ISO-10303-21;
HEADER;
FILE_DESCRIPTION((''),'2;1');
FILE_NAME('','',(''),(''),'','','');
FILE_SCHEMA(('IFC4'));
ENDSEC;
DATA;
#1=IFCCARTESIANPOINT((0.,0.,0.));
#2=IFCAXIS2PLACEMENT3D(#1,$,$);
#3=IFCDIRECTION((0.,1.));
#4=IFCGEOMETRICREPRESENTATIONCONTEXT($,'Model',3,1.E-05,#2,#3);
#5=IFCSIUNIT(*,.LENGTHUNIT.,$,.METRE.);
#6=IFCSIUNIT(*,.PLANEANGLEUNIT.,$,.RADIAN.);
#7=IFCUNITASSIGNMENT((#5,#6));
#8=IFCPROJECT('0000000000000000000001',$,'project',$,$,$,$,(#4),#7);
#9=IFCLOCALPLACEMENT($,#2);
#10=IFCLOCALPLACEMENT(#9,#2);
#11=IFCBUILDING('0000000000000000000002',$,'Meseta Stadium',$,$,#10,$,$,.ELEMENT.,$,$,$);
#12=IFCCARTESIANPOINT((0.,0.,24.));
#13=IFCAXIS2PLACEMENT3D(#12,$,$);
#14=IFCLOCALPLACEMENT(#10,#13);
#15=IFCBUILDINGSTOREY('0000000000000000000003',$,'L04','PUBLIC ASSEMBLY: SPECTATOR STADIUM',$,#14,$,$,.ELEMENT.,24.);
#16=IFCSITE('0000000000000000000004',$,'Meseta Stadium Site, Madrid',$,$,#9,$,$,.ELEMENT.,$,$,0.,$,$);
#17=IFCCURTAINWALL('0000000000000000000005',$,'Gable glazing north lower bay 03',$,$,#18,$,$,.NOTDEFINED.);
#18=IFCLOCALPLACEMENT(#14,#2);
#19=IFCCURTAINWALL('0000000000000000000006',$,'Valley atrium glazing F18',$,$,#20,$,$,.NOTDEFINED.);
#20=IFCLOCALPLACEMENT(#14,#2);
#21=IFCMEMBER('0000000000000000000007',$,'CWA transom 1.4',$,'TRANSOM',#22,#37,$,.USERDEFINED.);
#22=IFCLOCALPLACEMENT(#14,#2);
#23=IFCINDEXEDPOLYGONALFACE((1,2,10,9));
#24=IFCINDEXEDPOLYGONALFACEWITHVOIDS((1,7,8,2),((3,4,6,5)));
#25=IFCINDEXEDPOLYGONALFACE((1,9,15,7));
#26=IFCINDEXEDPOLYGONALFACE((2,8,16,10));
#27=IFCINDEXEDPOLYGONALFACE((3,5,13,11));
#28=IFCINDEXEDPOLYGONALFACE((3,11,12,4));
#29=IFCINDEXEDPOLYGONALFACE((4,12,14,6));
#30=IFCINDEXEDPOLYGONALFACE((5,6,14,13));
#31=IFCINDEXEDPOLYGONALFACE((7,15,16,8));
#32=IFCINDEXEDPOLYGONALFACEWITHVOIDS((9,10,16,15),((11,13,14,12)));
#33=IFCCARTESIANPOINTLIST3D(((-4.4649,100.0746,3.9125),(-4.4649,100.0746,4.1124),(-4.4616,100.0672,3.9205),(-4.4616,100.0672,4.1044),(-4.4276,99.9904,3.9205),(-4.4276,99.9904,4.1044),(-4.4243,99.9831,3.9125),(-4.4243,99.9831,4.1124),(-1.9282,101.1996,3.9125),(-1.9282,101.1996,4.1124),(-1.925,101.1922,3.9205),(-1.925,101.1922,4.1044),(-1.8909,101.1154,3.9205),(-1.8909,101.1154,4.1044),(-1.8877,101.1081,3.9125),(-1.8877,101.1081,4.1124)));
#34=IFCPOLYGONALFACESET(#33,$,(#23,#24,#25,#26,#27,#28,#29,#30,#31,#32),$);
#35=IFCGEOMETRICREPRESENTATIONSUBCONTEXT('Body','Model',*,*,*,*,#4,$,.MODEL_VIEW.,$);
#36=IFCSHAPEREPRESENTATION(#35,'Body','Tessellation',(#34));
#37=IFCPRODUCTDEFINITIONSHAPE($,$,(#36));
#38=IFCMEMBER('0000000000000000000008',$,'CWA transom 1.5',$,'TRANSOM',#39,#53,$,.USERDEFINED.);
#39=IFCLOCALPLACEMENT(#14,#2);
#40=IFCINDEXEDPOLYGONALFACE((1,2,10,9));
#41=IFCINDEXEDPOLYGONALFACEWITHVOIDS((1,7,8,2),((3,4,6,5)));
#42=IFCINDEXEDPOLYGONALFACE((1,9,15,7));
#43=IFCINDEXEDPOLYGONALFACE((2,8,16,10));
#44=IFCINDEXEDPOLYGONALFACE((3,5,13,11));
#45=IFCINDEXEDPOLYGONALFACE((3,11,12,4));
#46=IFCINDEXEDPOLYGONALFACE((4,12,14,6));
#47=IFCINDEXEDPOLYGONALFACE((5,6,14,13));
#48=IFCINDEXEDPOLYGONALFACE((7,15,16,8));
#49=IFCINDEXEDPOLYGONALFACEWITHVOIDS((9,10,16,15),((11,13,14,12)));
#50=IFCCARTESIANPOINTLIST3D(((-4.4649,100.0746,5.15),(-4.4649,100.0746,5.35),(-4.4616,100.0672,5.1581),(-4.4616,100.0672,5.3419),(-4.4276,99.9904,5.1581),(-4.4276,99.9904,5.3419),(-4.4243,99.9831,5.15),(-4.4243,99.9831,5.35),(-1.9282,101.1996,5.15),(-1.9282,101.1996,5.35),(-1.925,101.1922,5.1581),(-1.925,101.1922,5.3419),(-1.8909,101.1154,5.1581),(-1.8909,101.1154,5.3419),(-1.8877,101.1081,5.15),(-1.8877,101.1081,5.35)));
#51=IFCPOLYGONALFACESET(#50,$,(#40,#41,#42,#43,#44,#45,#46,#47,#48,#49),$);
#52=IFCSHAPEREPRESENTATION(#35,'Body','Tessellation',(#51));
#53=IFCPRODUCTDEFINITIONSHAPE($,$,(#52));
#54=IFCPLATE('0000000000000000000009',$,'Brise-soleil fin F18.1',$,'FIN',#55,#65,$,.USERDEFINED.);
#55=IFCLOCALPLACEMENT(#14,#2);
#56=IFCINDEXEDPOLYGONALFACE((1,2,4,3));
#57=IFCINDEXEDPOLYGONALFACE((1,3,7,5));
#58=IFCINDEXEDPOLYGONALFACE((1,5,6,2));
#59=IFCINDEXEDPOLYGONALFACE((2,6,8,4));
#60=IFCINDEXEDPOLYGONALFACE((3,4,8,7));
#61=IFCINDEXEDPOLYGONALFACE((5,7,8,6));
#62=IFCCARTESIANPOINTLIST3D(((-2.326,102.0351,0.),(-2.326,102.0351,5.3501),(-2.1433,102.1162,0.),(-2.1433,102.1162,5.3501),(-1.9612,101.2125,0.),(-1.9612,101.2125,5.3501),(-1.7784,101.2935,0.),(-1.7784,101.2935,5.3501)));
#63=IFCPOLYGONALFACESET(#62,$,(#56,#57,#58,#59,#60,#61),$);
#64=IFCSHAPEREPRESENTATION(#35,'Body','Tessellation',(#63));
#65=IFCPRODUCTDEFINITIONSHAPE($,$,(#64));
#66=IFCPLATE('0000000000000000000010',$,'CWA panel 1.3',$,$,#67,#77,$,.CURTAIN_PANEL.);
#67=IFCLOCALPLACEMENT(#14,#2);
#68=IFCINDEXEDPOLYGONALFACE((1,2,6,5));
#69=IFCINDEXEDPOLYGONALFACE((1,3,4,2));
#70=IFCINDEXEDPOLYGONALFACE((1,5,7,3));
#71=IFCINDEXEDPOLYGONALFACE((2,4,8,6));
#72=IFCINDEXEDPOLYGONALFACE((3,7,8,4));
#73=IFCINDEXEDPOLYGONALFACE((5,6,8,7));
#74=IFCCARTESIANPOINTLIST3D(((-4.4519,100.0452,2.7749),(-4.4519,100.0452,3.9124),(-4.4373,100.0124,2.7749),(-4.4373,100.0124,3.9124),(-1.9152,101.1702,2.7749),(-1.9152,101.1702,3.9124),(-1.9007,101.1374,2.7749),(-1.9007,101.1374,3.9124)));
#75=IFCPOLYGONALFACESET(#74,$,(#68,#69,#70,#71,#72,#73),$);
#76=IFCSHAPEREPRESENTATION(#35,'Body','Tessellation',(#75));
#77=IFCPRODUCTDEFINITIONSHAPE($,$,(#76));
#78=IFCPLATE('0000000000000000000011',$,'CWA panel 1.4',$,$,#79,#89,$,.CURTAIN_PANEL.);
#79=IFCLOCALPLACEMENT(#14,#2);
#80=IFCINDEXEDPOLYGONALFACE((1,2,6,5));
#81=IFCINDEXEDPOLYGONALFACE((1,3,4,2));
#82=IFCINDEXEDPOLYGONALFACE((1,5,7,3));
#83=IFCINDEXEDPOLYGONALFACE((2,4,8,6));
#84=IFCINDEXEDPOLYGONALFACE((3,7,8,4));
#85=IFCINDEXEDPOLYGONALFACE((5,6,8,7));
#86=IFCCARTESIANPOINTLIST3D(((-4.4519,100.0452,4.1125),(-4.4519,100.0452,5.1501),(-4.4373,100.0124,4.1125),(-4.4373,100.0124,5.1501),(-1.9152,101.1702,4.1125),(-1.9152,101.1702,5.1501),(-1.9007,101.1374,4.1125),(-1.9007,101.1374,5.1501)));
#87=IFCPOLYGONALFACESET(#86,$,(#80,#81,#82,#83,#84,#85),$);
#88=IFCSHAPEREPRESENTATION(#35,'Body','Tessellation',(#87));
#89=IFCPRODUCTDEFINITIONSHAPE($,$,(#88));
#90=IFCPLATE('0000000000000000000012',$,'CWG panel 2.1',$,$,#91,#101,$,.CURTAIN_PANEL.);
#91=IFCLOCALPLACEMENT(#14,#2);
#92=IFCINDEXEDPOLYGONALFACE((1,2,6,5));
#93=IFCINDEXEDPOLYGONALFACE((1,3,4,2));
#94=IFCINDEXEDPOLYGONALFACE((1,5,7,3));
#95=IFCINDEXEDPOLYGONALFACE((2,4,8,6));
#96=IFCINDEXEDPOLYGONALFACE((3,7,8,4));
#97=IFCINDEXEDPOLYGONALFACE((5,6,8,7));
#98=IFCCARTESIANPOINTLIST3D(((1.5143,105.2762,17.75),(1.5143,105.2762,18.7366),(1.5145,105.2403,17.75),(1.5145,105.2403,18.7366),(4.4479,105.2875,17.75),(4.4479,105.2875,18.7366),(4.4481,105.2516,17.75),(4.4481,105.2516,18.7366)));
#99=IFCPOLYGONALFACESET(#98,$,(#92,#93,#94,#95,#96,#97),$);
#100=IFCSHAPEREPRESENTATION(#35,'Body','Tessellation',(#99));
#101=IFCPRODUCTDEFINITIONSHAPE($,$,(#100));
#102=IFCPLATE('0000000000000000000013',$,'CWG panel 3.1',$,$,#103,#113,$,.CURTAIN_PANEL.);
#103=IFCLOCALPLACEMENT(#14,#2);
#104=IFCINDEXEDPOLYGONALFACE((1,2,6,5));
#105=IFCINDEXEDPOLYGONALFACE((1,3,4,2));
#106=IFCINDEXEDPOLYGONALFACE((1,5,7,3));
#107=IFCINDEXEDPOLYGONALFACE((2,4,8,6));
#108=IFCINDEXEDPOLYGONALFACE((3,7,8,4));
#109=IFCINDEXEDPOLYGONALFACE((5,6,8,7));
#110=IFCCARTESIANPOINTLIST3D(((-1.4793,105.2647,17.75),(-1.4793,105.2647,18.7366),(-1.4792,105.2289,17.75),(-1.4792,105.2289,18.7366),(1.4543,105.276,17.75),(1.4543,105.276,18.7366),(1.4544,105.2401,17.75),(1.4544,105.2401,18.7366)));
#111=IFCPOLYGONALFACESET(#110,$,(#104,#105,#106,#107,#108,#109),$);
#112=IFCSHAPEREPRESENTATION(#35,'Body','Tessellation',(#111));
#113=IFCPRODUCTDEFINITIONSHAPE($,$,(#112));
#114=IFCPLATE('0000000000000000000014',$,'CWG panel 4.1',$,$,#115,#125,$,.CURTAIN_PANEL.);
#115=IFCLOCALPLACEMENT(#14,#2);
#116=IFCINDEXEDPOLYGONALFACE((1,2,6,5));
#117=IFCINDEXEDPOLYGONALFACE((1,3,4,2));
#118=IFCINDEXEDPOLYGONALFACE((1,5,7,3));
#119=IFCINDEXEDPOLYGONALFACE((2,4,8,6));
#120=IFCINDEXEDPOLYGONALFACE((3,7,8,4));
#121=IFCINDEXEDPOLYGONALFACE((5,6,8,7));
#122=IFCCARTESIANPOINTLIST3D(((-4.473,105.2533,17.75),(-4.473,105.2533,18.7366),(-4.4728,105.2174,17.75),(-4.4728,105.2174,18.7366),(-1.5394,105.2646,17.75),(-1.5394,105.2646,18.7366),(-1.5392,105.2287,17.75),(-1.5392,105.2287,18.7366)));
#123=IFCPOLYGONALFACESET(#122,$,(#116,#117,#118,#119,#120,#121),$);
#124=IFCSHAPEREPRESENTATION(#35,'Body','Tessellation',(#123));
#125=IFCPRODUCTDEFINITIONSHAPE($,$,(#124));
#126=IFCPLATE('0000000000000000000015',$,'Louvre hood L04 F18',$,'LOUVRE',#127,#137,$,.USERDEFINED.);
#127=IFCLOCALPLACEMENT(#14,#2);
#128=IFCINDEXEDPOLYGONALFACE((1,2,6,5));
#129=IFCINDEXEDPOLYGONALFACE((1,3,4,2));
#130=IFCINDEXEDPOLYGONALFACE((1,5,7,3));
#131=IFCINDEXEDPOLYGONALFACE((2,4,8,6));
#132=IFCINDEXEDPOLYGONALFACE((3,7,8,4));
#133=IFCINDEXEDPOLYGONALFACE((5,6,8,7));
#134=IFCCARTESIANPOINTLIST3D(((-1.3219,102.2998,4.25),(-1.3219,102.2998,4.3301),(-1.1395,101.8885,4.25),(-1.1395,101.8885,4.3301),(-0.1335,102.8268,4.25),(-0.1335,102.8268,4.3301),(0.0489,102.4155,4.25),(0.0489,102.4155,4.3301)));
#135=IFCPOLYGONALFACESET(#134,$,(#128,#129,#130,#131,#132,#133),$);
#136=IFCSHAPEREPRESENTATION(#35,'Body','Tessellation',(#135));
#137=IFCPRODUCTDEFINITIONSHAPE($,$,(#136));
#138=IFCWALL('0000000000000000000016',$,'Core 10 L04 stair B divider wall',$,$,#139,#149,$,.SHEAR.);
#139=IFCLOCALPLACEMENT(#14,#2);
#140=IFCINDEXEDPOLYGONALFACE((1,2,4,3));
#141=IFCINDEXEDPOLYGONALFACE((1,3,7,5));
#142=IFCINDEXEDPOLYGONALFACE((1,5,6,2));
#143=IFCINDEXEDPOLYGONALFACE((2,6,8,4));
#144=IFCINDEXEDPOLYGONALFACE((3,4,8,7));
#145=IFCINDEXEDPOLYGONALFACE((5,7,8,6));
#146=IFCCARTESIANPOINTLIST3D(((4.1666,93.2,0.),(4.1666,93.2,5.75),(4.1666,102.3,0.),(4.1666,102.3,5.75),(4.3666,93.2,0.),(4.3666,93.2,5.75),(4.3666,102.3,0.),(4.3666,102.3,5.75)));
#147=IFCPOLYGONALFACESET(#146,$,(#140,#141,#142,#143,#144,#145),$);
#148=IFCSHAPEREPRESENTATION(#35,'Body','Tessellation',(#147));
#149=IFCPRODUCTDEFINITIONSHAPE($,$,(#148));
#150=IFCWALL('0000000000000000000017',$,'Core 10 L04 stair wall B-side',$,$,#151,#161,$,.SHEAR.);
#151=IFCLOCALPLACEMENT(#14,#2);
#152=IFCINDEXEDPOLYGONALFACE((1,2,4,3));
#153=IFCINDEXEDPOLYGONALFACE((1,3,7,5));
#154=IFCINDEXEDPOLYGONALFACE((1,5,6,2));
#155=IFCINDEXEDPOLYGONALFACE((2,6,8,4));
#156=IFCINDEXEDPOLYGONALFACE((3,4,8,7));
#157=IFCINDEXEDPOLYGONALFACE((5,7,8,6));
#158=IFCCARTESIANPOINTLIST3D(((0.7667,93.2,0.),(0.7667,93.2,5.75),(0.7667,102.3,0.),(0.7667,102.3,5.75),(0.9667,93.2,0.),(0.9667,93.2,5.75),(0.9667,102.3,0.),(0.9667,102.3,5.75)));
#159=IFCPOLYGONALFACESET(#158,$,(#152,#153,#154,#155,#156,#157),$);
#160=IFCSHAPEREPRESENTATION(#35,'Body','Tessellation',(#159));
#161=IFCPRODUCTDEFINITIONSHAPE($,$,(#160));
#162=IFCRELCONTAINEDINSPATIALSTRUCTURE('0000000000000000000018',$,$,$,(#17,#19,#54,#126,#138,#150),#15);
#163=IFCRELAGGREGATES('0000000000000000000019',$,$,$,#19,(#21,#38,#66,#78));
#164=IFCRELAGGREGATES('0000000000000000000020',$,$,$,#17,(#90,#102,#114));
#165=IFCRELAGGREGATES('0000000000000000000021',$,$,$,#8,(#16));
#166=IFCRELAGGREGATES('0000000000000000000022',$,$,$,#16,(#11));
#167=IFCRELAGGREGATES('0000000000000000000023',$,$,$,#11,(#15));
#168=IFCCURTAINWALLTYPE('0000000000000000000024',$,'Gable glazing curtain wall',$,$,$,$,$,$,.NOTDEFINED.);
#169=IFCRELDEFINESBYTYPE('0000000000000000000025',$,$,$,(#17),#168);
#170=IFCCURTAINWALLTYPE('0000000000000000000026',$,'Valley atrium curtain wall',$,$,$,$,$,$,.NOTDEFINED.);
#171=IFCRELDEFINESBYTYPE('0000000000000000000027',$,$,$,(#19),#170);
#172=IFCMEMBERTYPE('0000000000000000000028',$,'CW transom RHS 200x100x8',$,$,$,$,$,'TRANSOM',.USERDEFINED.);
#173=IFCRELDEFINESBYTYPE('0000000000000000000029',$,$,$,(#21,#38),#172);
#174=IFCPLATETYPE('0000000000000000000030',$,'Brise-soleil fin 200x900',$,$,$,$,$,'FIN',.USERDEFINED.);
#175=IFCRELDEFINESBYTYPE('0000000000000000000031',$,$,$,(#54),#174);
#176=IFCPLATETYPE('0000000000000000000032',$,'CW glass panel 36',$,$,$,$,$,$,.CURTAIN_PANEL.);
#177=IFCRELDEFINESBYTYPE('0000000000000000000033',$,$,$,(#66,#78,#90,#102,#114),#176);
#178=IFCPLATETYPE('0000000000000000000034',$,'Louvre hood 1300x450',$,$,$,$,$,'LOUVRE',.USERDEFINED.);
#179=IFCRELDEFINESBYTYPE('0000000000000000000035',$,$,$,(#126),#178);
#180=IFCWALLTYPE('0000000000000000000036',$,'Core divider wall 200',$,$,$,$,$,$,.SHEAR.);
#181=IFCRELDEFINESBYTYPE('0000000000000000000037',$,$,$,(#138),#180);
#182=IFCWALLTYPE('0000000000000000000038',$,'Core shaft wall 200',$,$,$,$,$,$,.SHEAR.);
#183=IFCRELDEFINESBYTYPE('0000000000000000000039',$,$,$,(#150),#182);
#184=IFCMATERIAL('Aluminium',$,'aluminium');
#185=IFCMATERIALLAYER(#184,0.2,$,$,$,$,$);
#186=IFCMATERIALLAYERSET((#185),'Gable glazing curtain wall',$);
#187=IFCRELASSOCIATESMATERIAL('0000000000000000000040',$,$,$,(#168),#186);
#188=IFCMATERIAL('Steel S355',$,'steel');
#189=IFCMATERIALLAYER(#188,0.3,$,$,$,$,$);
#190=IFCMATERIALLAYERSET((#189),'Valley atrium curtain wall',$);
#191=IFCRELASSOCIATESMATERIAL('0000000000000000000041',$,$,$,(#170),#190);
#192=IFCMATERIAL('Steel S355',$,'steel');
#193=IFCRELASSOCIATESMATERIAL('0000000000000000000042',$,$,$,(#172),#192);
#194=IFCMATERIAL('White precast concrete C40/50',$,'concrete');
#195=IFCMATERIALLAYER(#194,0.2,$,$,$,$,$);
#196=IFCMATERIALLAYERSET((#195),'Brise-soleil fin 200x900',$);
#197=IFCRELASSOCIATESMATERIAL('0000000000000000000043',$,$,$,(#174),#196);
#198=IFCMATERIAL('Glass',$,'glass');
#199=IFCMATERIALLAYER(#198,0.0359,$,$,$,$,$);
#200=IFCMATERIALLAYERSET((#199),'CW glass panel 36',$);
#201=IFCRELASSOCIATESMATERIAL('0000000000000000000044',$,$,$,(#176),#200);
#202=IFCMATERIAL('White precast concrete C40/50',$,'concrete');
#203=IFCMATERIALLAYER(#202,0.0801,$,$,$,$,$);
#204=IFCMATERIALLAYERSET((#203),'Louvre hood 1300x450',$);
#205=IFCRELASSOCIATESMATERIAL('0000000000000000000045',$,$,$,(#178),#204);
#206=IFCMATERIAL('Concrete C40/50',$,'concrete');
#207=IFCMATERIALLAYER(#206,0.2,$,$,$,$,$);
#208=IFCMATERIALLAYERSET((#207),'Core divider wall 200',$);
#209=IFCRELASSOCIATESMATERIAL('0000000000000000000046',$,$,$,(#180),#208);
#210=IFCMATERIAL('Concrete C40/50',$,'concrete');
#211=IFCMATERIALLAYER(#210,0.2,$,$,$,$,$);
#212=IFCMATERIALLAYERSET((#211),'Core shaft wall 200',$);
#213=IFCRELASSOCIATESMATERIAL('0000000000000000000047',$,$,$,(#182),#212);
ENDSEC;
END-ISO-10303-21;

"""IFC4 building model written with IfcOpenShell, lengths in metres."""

from ifc_helpers import new_model, si_unit, direction, frame, frame_2d, origin, origin_2d, place, context, subcontext, project, spatial, rectangle, hollow_rectangle, extrude, material, layer, layer_set, material_profile, profile_set, type_object, element, aggregate, save


model = new_model("IFC4")

# Units and contexts
model_context = context("Model", 3, precision=1e-05, world=origin(), true_north=direction((0.0, 1.0)))
body_context = subcontext(model_context, "Body", "Model", "MODEL_VIEW")
ifc_project = project(units=[si_unit("LENGTHUNIT", "METRE"), si_unit("PLANEANGLEUNIT", "RADIAN")], contexts=[model_context])

# Site, building, storey
site_placement = place(None, origin())
site = spatial("IfcSite", under=ifc_project, at=site_placement, Name="Meseta Stadium Site, Madrid", CompositionType="ELEMENT", RefElevation=0.0)
building_placement = place(site_placement, origin())
building = spatial("IfcBuilding", under=site, at=building_placement, Name="Meseta Stadium", CompositionType="ELEMENT")
storey_placement = place(building_placement, frame((0.0, 0.0, 24.0)))
storey = spatial("IfcBuildingStorey", under=building, at=storey_placement, Name="L04", Description="PUBLIC ASSEMBLY: SPECTATOR STADIUM", CompositionType="ELEMENT", Elevation=24.0)

# Curtain wall
ifc_material_1 = material(Name="Aluminium", Category="aluminium")
ifc_layer_1 = layer(ifc_material_1, 0.2)
ifc_layer_set_1 = layer_set([ifc_layer_1], Name="Gable glazing curtain wall")
curtain_wall_type_1 = type_object("IfcCurtainWallType", Name="Gable glazing curtain wall", PredefinedType="NOTDEFINED", material=ifc_layer_set_1)
curtain_wall_1_placement = place(storey_placement, origin())
curtain_wall_1 = element("IfcCurtainWall", 1, at=curtain_wall_1_placement, inside=storey, type_object=curtain_wall_type_1, Name="Gable glazing north lower bay 03", PredefinedType="NOTDEFINED")

# Curtain wall
ifc_material_2 = material(Name="Steel S355", Category="steel")
ifc_layer_2 = layer(ifc_material_2, 0.3)
ifc_layer_set_2 = layer_set([ifc_layer_2], Name="Valley atrium curtain wall")
curtain_wall_type_2 = type_object("IfcCurtainWallType", Name="Valley atrium curtain wall", PredefinedType="NOTDEFINED", material=ifc_layer_set_2)
curtain_wall_2_placement = place(storey_placement, origin())
curtain_wall_2 = element("IfcCurtainWall", 2, at=curtain_wall_2_placement, inside=storey, type_object=curtain_wall_type_2, Name="Valley atrium glazing F18", PredefinedType="NOTDEFINED")

# Members
ifc_material_3 = material(Name="Steel S355", Category="steel")
ifc_material_profile_1 = material_profile(ifc_material_3, hollow_rectangle(XDim=0.1001, YDim=0.2, WallThickness=0.0081, at=origin_2d()), Name="RHS 200x100x8")
ifc_profile_set_1 = profile_set([ifc_material_profile_1], Name="Steel S355")
member_type_1 = type_object("IfcMemberType", Name="CW transom RHS 200x100x8", ElementType="TRANSOM", PredefinedType="USERDEFINED", material=ifc_profile_set_1)
member_1_placement = place(storey_placement, frame((-1.908, 101.1538, 4.0125), z_axis=(-0.914131, -0.40542, 0.0), x_axis=(0.40542, -0.914131, 0.0)))
member_1 = element("IfcMember", 3, at=member_1_placement, type_object=member_type_1, Name="CWA transom 1.4", ObjectType="TRANSOM", PredefinedType="USERDEFINED", context=body_context, shape_type="SweptSolid", body=[
    extrude(hollow_rectangle(XDim=0.1001, YDim=0.2, WallThickness=0.0081, at=origin_2d()), origin(), (0.0, 0.0, 1.0), 2.7749),
])
member_2_placement = place(storey_placement, frame((-1.908, 101.1538, 5.25), z_axis=(-0.914131, -0.40542, 0.0), x_axis=(0.40542, -0.914131, 0.0)))
member_2 = element("IfcMember", 4, at=member_2_placement, type_object=member_type_1, Name="CWA transom 1.5", ObjectType="TRANSOM", PredefinedType="USERDEFINED", context=body_context, shape_type="SweptSolid", body=[
    extrude(hollow_rectangle(XDim=0.1001, YDim=0.2, WallThickness=0.0081, at=origin_2d()), origin(), (0.0, 0.0, 1.0), 2.7749),
])

# Plates
ifc_material_4 = material(Name="White precast concrete C40/50", Category="concrete")
ifc_layer_3 = layer(ifc_material_4, 0.2)
ifc_layer_set_3 = layer_set([ifc_layer_3], Name="Brise-soleil fin 200x900")
plate_type_1 = type_object("IfcPlateType", Name="Brise-soleil fin 200x900", ElementType="FIN", PredefinedType="USERDEFINED", material=ifc_layer_set_3)
plate_1_placement = place(storey_placement, frame((-2.0522, 101.6643, 0.0), z_axis=(0.0, 0.0, 1.0), x_axis=(-0.914139, -0.405401, 0.0)))
element("IfcPlate", 5, at=plate_1_placement, inside=storey, type_object=plate_type_1, Name="Brise-soleil fin F18.1", ObjectType="FIN", PredefinedType="USERDEFINED", context=body_context, shape_type="SweptSolid", body=[
    extrude(rectangle(XDim=0.2, YDim=0.8999, at=origin_2d()), origin(), (0.0, 0.0, 1.0), 5.3501),
])
ifc_material_5 = material(Name="Glass", Category="glass")
ifc_layer_4 = layer(ifc_material_5, 0.0359)
ifc_layer_set_4 = layer_set([ifc_layer_4], Name="CW glass panel 36")
plate_type_2 = type_object("IfcPlateType", Name="CW glass panel 36", PredefinedType="CURTAIN_PANEL", material=ifc_layer_set_4)
plate_2_placement = place(storey_placement, frame((-3.1763, 100.5913, 2.7749), z_axis=(0.0, 0.0, 1.0), x_axis=(-0.914139, -0.405401, 0.0)))
plate_2 = element("IfcPlate", 6, at=plate_2_placement, type_object=plate_type_2, Name="CWA panel 1.3", PredefinedType="CURTAIN_PANEL", context=body_context, shape_type="SweptSolid", body=[
    extrude(rectangle(XDim=2.7749, YDim=0.0359, at=origin_2d()), origin(), (0.0, 0.0, 1.0), 1.1375),
])
plate_3_placement = place(storey_placement, frame((-3.1763, 100.5913, 4.1125), z_axis=(0.0, 0.0, 1.0), x_axis=(-0.914139, -0.405401, 0.0)))
plate_3 = element("IfcPlate", 7, at=plate_3_placement, type_object=plate_type_2, Name="CWA panel 1.4", PredefinedType="CURTAIN_PANEL", context=body_context, shape_type="SweptSolid", body=[
    extrude(rectangle(XDim=2.7749, YDim=0.0359, at=origin_2d()), origin(), (0.0, 0.0, 1.0), 1.0376),
])
aggregate(curtain_wall_2, [member_1, member_2, plate_2, plate_3])
plate_4_placement = place(storey_placement, frame((2.9812, 105.2639, 17.75), z_axis=(0.0, 0.0, 1.0), x_axis=(-0.999993, -0.003848, 0.0)))
plate_4 = element("IfcPlate", 8, at=plate_4_placement, type_object=plate_type_2, Name="CWG panel 2.1", PredefinedType="CURTAIN_PANEL", context=body_context, shape_type="SweptSolid", body=[
    extrude(rectangle(XDim=2.9336, YDim=0.0359, at=origin_2d()), origin(), (0.0, 0.0, 1.0), 0.9866),
])
plate_5_placement = place(storey_placement, frame((-0.0125, 105.2524, 17.75), z_axis=(0.0, 0.0, 1.0), x_axis=(-0.999993, -0.003848, 0.0)))
plate_5 = element("IfcPlate", 9, at=plate_5_placement, type_object=plate_type_2, Name="CWG panel 3.1", PredefinedType="CURTAIN_PANEL", context=body_context, shape_type="SweptSolid", body=[
    extrude(rectangle(XDim=2.9336, YDim=0.0359, at=origin_2d()), origin(), (0.0, 0.0, 1.0), 0.9866),
])
plate_6_placement = place(storey_placement, frame((-3.0061, 105.241, 17.75), z_axis=(0.0, 0.0, 1.0), x_axis=(-0.999993, -0.003848, 0.0)))
plate_6 = element("IfcPlate", 10, at=plate_6_placement, type_object=plate_type_2, Name="CWG panel 4.1", PredefinedType="CURTAIN_PANEL", context=body_context, shape_type="SweptSolid", body=[
    extrude(rectangle(XDim=2.9336, YDim=0.0359, at=origin_2d()), origin(), (0.0, 0.0, 1.0), 0.9866),
])
aggregate(curtain_wall_1, [plate_4, plate_5, plate_6])
ifc_material_6 = material(Name="White precast concrete C40/50", Category="concrete")
ifc_layer_5 = layer(ifc_material_6, 0.0801)
ifc_layer_set_5 = layer_set([ifc_layer_5], Name="Louvre hood 1300x450")
plate_type_3 = type_object("IfcPlateType", Name="Louvre hood 1300x450", ElementType="LOUVRE", PredefinedType="USERDEFINED", material=ifc_layer_set_5)
plate_7_placement = place(storey_placement, frame((-0.6365, 102.3577, 4.25), z_axis=(0.0, 0.0, 1.0), x_axis=(-0.914139, -0.405401, 0.0)))
element("IfcPlate", 11, at=plate_7_placement, inside=storey, type_object=plate_type_3, Name="Louvre hood L04 F18", ObjectType="LOUVRE", PredefinedType="USERDEFINED", context=body_context, shape_type="SweptSolid", body=[
    extrude(rectangle(XDim=1.3, YDim=0.45, at=origin_2d()), origin(), (0.0, 0.0, 1.0), 0.0801),
])

# Walls
ifc_material_7 = material(Name="Concrete C40/50", Category="concrete")
ifc_layer_6 = layer(ifc_material_7, 0.2)
ifc_layer_set_6 = layer_set([ifc_layer_6], Name="Core divider wall 200")
wall_type_1 = type_object("IfcWallType", Name="Core divider wall 200", PredefinedType="SHEAR", material=ifc_layer_set_6)
wall_1_placement = place(storey_placement, frame((4.2666, 102.3, 0.0), z_axis=(0.0, 0.0, 1.0), x_axis=(0.0, -1.0, 0.0)))
element("IfcWall", 12, at=wall_1_placement, inside=storey, type_object=wall_type_1, Name="Core 10 L04 stair B divider wall", PredefinedType="SHEAR", context=body_context, shape_type="SweptSolid", body=[
    extrude(rectangle(XDim=9.1001, YDim=0.2, at=frame_2d((4.55, 0.0))), origin(), (0.0, 0.0, 1.0), 5.75),
])
ifc_material_8 = material(Name="Concrete C40/50", Category="concrete")
ifc_layer_7 = layer(ifc_material_8, 0.2)
ifc_layer_set_7 = layer_set([ifc_layer_7], Name="Core shaft wall 200")
wall_type_2 = type_object("IfcWallType", Name="Core shaft wall 200", PredefinedType="SHEAR", material=ifc_layer_set_7)
wall_2_placement = place(storey_placement, frame((0.8667, 102.3, 0.0), z_axis=(0.0, 0.0, 1.0), x_axis=(0.0, -1.0, 0.0)))
element("IfcWall", 13, at=wall_2_placement, inside=storey, type_object=wall_type_2, Name="Core 10 L04 stair wall B-side", PredefinedType="SHEAR", context=body_context, shape_type="SweptSolid", body=[
    extrude(rectangle(XDim=9.1001, YDim=0.2, at=frame_2d((4.55, 0.0))), origin(), (0.0, 0.0, 1.0), 5.75),
])

save(model, "model.ifc")
